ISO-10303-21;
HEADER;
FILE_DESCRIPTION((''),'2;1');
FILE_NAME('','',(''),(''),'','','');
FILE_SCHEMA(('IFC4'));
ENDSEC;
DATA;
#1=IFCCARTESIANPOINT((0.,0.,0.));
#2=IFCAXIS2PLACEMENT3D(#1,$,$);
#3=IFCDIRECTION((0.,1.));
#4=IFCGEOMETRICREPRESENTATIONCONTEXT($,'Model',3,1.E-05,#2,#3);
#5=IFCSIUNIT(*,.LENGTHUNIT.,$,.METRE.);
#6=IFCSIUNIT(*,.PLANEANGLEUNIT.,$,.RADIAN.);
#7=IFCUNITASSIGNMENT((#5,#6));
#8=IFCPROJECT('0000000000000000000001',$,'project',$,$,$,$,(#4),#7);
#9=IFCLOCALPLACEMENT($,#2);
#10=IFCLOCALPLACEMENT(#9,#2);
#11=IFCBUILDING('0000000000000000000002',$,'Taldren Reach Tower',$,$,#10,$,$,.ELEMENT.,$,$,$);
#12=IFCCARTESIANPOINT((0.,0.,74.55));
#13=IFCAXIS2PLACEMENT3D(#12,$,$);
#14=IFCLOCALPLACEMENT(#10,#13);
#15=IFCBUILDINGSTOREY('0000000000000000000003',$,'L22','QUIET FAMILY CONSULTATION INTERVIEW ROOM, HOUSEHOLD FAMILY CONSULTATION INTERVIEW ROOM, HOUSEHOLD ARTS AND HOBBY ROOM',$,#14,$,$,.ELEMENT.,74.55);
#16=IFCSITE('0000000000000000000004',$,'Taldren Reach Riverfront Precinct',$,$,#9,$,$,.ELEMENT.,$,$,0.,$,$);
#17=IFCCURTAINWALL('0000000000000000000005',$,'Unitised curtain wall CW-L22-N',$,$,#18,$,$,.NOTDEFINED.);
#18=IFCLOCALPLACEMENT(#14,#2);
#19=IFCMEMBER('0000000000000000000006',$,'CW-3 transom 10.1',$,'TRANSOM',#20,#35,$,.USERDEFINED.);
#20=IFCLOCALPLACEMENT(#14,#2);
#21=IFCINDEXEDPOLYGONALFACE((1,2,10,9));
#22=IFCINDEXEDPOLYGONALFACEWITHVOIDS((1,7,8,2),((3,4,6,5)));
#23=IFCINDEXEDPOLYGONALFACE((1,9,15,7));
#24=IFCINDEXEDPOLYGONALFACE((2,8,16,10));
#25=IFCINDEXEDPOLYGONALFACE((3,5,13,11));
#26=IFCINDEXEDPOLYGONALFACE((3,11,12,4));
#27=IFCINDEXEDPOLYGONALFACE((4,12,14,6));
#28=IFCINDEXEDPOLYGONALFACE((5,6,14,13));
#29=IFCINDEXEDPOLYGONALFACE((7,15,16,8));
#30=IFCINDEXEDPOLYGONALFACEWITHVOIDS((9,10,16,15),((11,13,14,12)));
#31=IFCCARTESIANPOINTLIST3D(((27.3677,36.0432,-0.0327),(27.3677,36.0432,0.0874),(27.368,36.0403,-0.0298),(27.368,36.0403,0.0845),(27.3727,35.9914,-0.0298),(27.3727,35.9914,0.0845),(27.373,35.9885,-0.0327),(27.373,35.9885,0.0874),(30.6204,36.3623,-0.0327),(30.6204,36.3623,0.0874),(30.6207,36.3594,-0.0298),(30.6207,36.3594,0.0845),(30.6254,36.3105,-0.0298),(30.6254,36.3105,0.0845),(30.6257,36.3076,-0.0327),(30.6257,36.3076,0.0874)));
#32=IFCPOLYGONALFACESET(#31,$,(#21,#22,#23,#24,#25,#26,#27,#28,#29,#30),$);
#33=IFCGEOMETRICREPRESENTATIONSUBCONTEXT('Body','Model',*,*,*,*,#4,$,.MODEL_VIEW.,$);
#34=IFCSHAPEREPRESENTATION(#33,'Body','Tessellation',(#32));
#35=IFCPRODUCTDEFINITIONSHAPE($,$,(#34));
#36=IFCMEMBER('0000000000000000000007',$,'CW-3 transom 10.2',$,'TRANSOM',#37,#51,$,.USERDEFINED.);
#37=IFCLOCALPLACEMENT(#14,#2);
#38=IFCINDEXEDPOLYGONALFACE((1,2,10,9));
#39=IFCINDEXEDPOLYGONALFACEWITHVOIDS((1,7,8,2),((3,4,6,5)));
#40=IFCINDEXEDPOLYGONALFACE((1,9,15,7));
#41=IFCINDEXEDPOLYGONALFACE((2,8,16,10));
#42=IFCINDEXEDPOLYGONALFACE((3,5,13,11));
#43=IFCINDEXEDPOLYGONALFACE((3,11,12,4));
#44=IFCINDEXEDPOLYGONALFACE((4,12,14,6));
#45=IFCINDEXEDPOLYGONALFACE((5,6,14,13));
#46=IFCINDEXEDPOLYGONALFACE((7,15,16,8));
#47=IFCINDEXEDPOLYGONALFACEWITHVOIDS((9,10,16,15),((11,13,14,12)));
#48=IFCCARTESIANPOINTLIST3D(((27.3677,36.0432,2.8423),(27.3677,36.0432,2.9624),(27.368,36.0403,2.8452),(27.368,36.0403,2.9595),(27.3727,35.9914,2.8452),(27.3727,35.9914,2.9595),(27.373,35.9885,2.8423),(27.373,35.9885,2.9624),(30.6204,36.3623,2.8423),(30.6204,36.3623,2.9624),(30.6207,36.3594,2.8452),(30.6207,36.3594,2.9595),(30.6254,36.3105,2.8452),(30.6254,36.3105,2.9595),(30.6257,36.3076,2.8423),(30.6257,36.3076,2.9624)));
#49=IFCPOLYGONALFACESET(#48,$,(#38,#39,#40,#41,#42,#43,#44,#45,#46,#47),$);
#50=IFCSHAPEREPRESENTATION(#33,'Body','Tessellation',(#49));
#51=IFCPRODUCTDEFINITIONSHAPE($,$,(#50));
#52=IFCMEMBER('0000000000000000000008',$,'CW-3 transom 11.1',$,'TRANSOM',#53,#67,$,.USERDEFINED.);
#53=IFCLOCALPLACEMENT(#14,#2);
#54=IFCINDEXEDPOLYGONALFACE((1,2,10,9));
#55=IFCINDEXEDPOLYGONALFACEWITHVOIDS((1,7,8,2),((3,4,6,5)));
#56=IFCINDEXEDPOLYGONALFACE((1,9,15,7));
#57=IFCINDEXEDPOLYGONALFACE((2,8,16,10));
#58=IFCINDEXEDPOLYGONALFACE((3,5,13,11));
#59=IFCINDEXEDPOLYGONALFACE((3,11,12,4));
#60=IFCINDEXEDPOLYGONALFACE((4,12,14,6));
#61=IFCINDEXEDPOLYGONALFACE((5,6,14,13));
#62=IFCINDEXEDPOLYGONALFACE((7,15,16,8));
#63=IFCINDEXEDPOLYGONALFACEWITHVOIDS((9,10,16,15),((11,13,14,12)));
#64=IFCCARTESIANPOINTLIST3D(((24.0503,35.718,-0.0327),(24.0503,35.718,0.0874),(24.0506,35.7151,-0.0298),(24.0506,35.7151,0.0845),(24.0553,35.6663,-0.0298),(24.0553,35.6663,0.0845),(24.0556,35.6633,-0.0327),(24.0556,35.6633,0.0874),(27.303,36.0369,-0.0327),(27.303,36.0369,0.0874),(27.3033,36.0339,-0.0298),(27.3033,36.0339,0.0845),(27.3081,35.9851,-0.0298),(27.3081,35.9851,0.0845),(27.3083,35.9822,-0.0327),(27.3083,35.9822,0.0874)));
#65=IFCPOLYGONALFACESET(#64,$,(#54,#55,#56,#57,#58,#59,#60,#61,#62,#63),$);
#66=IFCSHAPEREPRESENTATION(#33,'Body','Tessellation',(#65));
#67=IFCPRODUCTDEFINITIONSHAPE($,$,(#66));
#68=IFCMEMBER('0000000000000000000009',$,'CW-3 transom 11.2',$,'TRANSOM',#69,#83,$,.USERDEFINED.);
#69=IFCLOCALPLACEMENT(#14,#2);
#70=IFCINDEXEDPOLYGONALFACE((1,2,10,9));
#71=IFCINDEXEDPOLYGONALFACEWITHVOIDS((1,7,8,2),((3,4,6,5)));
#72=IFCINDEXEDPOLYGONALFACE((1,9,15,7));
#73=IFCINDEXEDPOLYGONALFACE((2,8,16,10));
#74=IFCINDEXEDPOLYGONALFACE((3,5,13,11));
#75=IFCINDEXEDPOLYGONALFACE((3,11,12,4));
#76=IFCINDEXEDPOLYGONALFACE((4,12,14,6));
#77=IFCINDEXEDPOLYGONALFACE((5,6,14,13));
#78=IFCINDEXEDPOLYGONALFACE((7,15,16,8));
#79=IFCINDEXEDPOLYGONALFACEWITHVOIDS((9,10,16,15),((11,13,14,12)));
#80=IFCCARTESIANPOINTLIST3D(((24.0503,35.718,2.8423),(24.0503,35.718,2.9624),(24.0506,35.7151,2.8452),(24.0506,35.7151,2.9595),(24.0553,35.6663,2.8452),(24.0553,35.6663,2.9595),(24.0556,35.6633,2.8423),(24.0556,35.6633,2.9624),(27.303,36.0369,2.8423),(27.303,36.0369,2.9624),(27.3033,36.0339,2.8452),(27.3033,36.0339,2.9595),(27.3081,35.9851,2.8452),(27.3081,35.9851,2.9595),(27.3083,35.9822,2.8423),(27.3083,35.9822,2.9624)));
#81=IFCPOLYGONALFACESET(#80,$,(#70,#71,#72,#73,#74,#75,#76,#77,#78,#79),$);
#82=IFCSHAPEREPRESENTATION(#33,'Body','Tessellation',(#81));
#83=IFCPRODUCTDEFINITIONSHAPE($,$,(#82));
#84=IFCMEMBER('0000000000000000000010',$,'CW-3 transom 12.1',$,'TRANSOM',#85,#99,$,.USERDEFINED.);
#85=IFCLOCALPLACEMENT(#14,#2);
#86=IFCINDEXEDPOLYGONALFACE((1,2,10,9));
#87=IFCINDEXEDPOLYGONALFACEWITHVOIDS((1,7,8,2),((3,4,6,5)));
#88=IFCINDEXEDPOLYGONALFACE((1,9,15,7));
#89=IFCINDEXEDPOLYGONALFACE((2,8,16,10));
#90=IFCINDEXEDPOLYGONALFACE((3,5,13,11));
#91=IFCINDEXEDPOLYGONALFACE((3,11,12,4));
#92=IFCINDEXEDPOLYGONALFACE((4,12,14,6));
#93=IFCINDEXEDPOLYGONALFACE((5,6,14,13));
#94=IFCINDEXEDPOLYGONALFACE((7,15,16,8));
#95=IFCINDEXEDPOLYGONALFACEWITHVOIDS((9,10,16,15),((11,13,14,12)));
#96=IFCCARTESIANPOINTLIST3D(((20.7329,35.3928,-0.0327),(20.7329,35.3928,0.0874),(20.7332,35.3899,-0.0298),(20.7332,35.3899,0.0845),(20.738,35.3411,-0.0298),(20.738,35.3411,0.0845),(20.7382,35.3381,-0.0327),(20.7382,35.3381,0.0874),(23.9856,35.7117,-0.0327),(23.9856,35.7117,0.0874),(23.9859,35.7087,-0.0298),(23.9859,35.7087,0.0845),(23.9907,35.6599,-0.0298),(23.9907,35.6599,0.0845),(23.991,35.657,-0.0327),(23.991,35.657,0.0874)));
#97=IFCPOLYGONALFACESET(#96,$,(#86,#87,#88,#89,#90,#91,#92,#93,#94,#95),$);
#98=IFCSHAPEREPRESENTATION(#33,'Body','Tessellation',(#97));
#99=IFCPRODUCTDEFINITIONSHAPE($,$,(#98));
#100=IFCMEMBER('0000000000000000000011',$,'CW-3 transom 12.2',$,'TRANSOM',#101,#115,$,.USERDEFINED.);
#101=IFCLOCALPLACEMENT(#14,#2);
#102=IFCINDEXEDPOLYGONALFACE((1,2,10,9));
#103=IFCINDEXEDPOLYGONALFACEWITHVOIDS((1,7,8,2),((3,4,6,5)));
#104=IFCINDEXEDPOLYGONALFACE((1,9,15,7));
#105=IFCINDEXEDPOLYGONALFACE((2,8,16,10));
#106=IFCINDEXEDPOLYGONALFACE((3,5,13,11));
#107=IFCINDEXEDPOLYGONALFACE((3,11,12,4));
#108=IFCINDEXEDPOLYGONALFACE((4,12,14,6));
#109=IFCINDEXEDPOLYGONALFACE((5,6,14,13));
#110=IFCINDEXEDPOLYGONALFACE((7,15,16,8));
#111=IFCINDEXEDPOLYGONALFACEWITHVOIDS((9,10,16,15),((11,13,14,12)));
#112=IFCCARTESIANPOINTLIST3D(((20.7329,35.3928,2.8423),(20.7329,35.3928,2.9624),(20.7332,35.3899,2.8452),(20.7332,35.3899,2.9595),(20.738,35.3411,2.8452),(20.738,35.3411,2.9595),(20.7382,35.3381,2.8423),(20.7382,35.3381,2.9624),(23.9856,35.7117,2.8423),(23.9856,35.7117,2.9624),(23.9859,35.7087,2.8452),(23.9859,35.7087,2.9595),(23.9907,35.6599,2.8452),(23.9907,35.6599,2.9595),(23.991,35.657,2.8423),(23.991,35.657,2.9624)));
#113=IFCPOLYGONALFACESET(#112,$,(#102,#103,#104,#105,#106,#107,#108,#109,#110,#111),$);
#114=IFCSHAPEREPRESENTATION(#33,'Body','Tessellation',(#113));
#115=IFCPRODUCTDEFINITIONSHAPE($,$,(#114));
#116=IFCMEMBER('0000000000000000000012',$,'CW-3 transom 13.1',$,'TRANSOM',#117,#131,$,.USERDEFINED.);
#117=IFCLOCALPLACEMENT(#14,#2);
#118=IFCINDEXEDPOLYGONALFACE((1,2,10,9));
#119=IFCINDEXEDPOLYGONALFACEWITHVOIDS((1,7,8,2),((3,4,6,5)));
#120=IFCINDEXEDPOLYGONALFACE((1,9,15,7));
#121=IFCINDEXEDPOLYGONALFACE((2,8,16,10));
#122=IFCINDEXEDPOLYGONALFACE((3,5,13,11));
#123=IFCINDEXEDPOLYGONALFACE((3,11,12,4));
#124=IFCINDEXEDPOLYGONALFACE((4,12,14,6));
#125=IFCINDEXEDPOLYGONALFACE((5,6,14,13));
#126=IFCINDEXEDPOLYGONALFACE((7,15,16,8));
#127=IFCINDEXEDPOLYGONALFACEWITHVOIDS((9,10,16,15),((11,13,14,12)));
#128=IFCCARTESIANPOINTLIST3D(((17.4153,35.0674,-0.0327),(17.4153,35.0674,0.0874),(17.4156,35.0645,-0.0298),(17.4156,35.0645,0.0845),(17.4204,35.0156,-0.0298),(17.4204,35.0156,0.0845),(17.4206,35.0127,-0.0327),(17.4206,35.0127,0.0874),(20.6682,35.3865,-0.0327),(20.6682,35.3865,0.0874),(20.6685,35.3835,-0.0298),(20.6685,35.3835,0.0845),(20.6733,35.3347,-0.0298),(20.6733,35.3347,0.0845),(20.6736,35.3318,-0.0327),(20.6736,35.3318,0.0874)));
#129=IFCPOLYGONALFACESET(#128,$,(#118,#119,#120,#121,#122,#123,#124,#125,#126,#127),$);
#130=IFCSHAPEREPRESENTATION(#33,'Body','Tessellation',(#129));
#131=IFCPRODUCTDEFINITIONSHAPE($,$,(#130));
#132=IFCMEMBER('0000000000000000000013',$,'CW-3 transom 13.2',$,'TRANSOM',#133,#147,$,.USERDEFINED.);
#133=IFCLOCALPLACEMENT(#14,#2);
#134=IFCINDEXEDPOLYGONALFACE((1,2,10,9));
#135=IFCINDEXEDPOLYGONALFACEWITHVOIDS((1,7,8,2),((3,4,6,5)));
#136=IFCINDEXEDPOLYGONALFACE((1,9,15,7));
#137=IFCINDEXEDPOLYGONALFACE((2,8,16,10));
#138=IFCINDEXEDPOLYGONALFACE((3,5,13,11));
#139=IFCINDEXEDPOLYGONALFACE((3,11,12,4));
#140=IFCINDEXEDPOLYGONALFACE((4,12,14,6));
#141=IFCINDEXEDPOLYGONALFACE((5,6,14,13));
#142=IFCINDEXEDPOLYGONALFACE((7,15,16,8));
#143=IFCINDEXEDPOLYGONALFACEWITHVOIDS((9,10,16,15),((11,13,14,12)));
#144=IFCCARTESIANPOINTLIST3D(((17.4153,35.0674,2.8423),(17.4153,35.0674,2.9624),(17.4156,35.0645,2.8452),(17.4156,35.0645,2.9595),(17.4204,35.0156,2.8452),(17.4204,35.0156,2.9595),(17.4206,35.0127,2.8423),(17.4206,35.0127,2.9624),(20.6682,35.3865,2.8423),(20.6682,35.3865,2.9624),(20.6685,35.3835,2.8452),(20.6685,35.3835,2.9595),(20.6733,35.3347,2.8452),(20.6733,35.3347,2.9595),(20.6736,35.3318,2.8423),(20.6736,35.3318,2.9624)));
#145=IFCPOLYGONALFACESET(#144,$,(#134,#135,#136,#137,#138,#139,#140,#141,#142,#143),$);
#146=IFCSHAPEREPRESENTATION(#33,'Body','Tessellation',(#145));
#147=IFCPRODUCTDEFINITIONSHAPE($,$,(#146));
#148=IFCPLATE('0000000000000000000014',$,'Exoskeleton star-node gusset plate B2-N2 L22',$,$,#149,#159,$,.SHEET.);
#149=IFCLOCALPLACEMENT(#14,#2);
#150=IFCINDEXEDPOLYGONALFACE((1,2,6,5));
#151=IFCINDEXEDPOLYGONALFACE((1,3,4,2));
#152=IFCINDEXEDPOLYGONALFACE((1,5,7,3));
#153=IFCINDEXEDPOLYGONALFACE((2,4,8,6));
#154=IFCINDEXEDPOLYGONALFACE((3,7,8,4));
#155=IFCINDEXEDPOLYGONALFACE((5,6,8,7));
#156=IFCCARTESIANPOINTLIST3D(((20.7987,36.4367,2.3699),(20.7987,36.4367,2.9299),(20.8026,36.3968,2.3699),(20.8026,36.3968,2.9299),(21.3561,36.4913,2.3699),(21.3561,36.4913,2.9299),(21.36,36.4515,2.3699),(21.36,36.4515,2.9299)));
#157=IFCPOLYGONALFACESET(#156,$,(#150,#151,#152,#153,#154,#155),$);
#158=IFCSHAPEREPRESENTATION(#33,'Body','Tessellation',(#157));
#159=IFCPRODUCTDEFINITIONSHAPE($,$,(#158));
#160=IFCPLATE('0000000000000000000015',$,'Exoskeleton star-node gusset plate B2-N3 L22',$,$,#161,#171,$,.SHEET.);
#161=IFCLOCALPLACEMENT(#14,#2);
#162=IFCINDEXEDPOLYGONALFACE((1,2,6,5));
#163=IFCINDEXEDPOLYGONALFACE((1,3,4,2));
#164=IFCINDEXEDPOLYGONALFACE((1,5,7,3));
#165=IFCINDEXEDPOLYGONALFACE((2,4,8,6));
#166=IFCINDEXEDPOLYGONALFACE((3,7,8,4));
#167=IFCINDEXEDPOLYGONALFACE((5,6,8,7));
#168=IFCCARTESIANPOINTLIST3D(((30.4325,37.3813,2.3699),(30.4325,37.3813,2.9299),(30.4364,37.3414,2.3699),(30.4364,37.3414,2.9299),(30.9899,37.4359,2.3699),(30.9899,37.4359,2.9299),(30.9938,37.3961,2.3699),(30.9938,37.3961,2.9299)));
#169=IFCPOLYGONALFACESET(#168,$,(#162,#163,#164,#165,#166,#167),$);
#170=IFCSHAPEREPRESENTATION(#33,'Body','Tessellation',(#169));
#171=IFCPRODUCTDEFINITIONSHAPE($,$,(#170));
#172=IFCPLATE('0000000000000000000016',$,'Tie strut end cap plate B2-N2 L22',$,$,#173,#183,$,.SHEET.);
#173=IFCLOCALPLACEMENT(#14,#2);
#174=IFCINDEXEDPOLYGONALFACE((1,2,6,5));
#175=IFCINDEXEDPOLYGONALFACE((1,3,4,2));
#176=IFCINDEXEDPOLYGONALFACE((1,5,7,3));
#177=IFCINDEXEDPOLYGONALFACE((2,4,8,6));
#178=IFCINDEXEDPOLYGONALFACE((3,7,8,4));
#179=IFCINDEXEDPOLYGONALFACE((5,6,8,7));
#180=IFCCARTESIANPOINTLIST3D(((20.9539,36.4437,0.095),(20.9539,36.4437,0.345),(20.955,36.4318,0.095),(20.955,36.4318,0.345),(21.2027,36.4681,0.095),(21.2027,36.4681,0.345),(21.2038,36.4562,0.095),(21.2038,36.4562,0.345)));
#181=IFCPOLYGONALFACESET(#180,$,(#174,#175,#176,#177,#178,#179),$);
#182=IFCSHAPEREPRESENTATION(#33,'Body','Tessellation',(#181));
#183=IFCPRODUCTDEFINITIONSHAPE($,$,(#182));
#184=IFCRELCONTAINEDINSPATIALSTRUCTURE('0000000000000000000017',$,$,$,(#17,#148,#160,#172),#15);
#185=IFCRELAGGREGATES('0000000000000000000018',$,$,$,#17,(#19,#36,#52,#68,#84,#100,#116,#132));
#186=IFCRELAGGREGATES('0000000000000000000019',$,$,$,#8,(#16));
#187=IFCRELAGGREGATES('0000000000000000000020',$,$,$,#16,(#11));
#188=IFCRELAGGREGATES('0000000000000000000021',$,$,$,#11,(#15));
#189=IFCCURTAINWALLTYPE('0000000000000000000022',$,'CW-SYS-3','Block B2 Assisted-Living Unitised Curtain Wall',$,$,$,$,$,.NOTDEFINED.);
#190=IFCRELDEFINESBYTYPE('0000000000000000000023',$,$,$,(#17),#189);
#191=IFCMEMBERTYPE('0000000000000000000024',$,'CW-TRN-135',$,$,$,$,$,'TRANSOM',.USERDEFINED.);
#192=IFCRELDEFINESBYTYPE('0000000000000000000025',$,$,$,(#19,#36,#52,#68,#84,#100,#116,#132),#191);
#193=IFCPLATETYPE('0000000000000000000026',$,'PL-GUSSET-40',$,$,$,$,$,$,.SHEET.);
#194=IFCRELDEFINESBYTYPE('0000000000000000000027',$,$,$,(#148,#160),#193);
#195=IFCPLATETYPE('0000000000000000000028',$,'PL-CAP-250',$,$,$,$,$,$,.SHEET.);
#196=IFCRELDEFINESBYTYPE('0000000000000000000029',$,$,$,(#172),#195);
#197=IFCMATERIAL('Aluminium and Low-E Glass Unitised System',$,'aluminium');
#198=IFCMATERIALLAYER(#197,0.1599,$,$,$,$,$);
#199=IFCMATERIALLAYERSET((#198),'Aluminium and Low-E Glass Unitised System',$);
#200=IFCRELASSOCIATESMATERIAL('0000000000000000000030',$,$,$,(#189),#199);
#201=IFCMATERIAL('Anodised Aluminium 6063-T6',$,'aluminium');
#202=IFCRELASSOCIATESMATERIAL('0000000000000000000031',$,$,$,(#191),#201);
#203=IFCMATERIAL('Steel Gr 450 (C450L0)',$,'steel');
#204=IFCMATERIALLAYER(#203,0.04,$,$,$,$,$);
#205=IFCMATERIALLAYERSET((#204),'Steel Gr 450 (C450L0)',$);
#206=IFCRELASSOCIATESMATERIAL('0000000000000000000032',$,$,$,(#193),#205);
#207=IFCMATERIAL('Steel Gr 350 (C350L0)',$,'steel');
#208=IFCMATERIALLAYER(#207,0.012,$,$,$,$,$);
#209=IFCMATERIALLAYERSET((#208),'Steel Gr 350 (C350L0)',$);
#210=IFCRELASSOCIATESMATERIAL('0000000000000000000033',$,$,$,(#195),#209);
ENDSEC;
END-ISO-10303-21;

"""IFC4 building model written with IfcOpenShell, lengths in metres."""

from ifc_helpers import new_model, si_unit, direction, frame, origin, origin_2d, place, context, subcontext, project, spatial, rectangle, hollow_rectangle, extrude, source, transform, mapped, material, layer, layer_set, material_profile, profile_set, type_object, element, aggregate, save


model = new_model("IFC4")

# Units and contexts
model_context = context("Model", 3, precision=1e-05, world=origin(), true_north=direction((0.0, 1.0)))
body_context = subcontext(model_context, "Body", "Model", "MODEL_VIEW")
ifc_project = project(units=[si_unit("LENGTHUNIT", "METRE"), si_unit("PLANEANGLEUNIT", "RADIAN")], contexts=[model_context])

# Site, building, storey
site_placement = place(None, origin())
site = spatial("IfcSite", under=ifc_project, at=site_placement, Name="Taldren Reach Riverfront Precinct", CompositionType="ELEMENT", RefElevation=0.0)
building_placement = place(site_placement, origin())
building = spatial("IfcBuilding", under=site, at=building_placement, Name="Taldren Reach Tower", CompositionType="ELEMENT")
storey_placement = place(building_placement, frame((0.0, 0.0, 74.55)))
storey = spatial("IfcBuildingStorey", under=building, at=storey_placement, Name="L22", Description="QUIET FAMILY CONSULTATION INTERVIEW ROOM, HOUSEHOLD FAMILY CONSULTATION INTERVIEW ROOM, HOUSEHOLD ARTS AND HOBBY ROOM", CompositionType="ELEMENT", Elevation=74.55)

# Shared definitions
ifc_material_1 = material(Name="Steel Gr 450 (C450L0)", Category="steel")
ifc_material_2 = material(Name="Steel Gr 350 (C350L0)", Category="steel")

# Curtain wall, members
ifc_material_3 = material(Name="Aluminium and Low-E Glass Unitised System", Category="aluminium")
ifc_layer_1 = layer(ifc_material_3, 0.1599)
ifc_layer_set_1 = layer_set([ifc_layer_1], Name="Aluminium and Low-E Glass Unitised System")
curtain_wall_type = type_object("IfcCurtainWallType", Name="CW-SYS-3", Description="Block B2 Assisted-Living Unitised Curtain Wall", PredefinedType="NOTDEFINED", material=ifc_layer_set_1)
curtain_wall_placement = place(storey_placement, origin())
curtain_wall = element("IfcCurtainWall", 1, at=curtain_wall_placement, inside=storey, type_object=curtain_wall_type, Name="Unitised curtain wall CW-L22-N", PredefinedType="NOTDEFINED")
ifc_material_4 = material(Name="Anodised Aluminium 6063-T6", Category="aluminium")
ifc_material_profile_1 = material_profile(ifc_material_4, hollow_rectangle(XDim=0.0549, YDim=0.1201, WallThickness=0.0029, at=origin_2d()), Name="ALU-120x55x3RHS")
ifc_profile_set_1 = profile_set([ifc_material_profile_1], Name="Anodised Aluminium 6063-T6")
member_type_1 = type_object("IfcMemberType", Name="CW-TRN-135", ElementType="TRANSOM", PredefinedType="USERDEFINED", material=ifc_profile_set_1)
shared_shape_1 = source(origin(), body_context, "Body", "SweptSolid", [
    extrude(hollow_rectangle(XDim=0.0549, YDim=0.1201, WallThickness=0.0029, at=origin_2d()), origin(), (0.0, 0.0, 1.0), 3.2683),
])
member_1_placement = place(storey_placement, frame((30.623, 36.335, 0.0273), z_axis=(-0.995223, -0.097632, 0.0), x_axis=(0.097632, -0.995223, 0.0)))
member_1 = element("IfcMember", 2, at=member_1_placement, type_object=member_type_1, Name="CW-3 transom 10.1", ObjectType="TRANSOM", PredefinedType="USERDEFINED", context=body_context, shape_type="MappedRepresentation", body=[
    mapped(shared_shape_1, transform((0.0, 0.0, 0.0), scale=1.0)),
])
member_2_placement = place(storey_placement, frame((30.623, 36.335, 2.9023), z_axis=(-0.995223, -0.097632, 0.0), x_axis=(0.097632, -0.995223, 0.0)))
member_2 = element("IfcMember", 3, at=member_2_placement, type_object=member_type_1, Name="CW-3 transom 10.2", ObjectType="TRANSOM", PredefinedType="USERDEFINED", context=body_context, shape_type="MappedRepresentation", body=[
    mapped(shared_shape_1, transform((0.0, 0.0, 0.0), scale=1.0)),
])
member_3_placement = place(storey_placement, frame((27.3057, 36.0095, 0.0273), z_axis=(-0.99523, -0.097558, 0.0), x_axis=(0.097558, -0.99523, 0.0)))
member_3 = element("IfcMember", 4, at=member_3_placement, type_object=member_type_1, Name="CW-3 transom 11.1", ObjectType="TRANSOM", PredefinedType="USERDEFINED", context=body_context, shape_type="MappedRepresentation", body=[
    mapped(shared_shape_1, transform((0.0, 0.0, 0.0), scale=1.0)),
])
member_4_placement = place(storey_placement, frame((27.3057, 36.0095, 2.9023), z_axis=(-0.99523, -0.097558, 0.0), x_axis=(0.097558, -0.99523, 0.0)))
member_4 = element("IfcMember", 5, at=member_4_placement, type_object=member_type_1, Name="CW-3 transom 11.2", ObjectType="TRANSOM", PredefinedType="USERDEFINED", context=body_context, shape_type="MappedRepresentation", body=[
    mapped(shared_shape_1, transform((0.0, 0.0, 0.0), scale=1.0)),
])
member_5_placement = place(storey_placement, frame((23.9883, 35.6843, 0.0273), z_axis=(-0.99523, -0.097558, 0.0), x_axis=(0.097558, -0.99523, 0.0)))
member_5 = element("IfcMember", 6, at=member_5_placement, type_object=member_type_1, Name="CW-3 transom 12.1", ObjectType="TRANSOM", PredefinedType="USERDEFINED", context=body_context, shape_type="MappedRepresentation", body=[
    mapped(shared_shape_1, transform((0.0, 0.0, 0.0), scale=1.0)),
])
member_6_placement = place(storey_placement, frame((23.9883, 35.6843, 2.9023), z_axis=(-0.99523, -0.097558, 0.0), x_axis=(0.097558, -0.99523, 0.0)))
member_6 = element("IfcMember", 7, at=member_6_placement, type_object=member_type_1, Name="CW-3 transom 12.2", ObjectType="TRANSOM", PredefinedType="USERDEFINED", context=body_context, shape_type="MappedRepresentation", body=[
    mapped(shared_shape_1, transform((0.0, 0.0, 0.0), scale=1.0)),
])
shared_shape_2 = source(origin(), body_context, "Body", "SweptSolid", [
    extrude(hollow_rectangle(XDim=0.0549, YDim=0.1201, WallThickness=0.0029, at=origin_2d()), origin(), (0.0, 0.0, 1.0), 3.2686),
])
member_7_placement = place(storey_placement, frame((20.6709, 35.3591, 0.0273), z_axis=(-0.995223, -0.097625, 0.0), x_axis=(0.097625, -0.995223, 0.0)))
member_7 = element("IfcMember", 8, at=member_7_placement, type_object=member_type_1, Name="CW-3 transom 13.1", ObjectType="TRANSOM", PredefinedType="USERDEFINED", context=body_context, shape_type="MappedRepresentation", body=[
    mapped(shared_shape_2, transform((0.0, 0.0, 0.0), scale=1.0)),
])
member_8_placement = place(storey_placement, frame((20.6709, 35.3591, 2.9023), z_axis=(-0.995223, -0.097625, 0.0), x_axis=(0.097625, -0.995223, 0.0)))
member_8 = element("IfcMember", 9, at=member_8_placement, type_object=member_type_1, Name="CW-3 transom 13.2", ObjectType="TRANSOM", PredefinedType="USERDEFINED", context=body_context, shape_type="MappedRepresentation", body=[
    mapped(shared_shape_2, transform((0.0, 0.0, 0.0), scale=1.0)),
])

# Plates
ifc_layer_2 = layer(ifc_material_1, 0.04)
ifc_layer_set_2 = layer_set([ifc_layer_2], Name="Steel Gr 450 (C450L0)")
plate_type_1 = type_object("IfcPlateType", Name="PL-GUSSET-40", PredefinedType="SHEET", material=ifc_layer_set_2)
shared_shape_3 = source(origin(), body_context, "Body", "SweptSolid", [
    extrude(rectangle(XDim=0.5601, YDim=0.04, at=origin_2d()), origin(), (0.0, 0.0, 1.0), 0.5601),
])
for number, where, z_axis, x_axis, name in (
    (10, (21.0793, 36.4441, 2.3699), (0.0, 0.0, 1.0), (0.995227, 0.097583, 0.0), "Exoskeleton star-node gusset plate B2-N2 L22"),
    (11, (30.7131, 37.3887, 2.3699), (0.0, 0.0, 1.0), (0.995227, 0.097583, 0.0), "Exoskeleton star-node gusset plate B2-N3 L22"),
):
    element("IfcPlate", number, at=place(storey_placement, frame(where, z_axis=z_axis, x_axis=x_axis)), inside=storey, type_object=plate_type_1, Name=name, PredefinedType="SHEET", context=body_context, shape_type="MappedRepresentation", body=[
        mapped(shared_shape_3, transform((0.0, 0.0, 0.0), scale=1.0)),
    ])
ifc_layer_3 = layer(ifc_material_2, 0.012)
ifc_layer_set_3 = layer_set([ifc_layer_3], Name="Steel Gr 350 (C350L0)")
plate_type_2 = type_object("IfcPlateType", Name="PL-CAP-250", PredefinedType="SHEET", material=ifc_layer_set_3)
shared_shape_4 = source(origin(), body_context, "Body", "SweptSolid", [
    extrude(rectangle(XDim=0.25, YDim=0.012, at=origin_2d()), origin(), (0.0, 0.0, 1.0), 0.25),
])
plate_1_placement = place(storey_placement, frame((21.0789, 36.45, 0.095), z_axis=(0.0, 0.0, 1.0), x_axis=(0.995227, 0.097583, 0.0)))
element("IfcPlate", 12, at=plate_1_placement, inside=storey, type_object=plate_type_2, Name="Tie strut end cap plate B2-N2 L22", PredefinedType="SHEET", context=body_context, shape_type="MappedRepresentation", body=[
    mapped(shared_shape_4, transform((0.0, 0.0, 0.0), scale=1.0)),
])

aggregate(curtain_wall, [member_1, member_2, member_3, member_4, member_5, member_6, member_7, member_8])

save(model, "model.ifc")
